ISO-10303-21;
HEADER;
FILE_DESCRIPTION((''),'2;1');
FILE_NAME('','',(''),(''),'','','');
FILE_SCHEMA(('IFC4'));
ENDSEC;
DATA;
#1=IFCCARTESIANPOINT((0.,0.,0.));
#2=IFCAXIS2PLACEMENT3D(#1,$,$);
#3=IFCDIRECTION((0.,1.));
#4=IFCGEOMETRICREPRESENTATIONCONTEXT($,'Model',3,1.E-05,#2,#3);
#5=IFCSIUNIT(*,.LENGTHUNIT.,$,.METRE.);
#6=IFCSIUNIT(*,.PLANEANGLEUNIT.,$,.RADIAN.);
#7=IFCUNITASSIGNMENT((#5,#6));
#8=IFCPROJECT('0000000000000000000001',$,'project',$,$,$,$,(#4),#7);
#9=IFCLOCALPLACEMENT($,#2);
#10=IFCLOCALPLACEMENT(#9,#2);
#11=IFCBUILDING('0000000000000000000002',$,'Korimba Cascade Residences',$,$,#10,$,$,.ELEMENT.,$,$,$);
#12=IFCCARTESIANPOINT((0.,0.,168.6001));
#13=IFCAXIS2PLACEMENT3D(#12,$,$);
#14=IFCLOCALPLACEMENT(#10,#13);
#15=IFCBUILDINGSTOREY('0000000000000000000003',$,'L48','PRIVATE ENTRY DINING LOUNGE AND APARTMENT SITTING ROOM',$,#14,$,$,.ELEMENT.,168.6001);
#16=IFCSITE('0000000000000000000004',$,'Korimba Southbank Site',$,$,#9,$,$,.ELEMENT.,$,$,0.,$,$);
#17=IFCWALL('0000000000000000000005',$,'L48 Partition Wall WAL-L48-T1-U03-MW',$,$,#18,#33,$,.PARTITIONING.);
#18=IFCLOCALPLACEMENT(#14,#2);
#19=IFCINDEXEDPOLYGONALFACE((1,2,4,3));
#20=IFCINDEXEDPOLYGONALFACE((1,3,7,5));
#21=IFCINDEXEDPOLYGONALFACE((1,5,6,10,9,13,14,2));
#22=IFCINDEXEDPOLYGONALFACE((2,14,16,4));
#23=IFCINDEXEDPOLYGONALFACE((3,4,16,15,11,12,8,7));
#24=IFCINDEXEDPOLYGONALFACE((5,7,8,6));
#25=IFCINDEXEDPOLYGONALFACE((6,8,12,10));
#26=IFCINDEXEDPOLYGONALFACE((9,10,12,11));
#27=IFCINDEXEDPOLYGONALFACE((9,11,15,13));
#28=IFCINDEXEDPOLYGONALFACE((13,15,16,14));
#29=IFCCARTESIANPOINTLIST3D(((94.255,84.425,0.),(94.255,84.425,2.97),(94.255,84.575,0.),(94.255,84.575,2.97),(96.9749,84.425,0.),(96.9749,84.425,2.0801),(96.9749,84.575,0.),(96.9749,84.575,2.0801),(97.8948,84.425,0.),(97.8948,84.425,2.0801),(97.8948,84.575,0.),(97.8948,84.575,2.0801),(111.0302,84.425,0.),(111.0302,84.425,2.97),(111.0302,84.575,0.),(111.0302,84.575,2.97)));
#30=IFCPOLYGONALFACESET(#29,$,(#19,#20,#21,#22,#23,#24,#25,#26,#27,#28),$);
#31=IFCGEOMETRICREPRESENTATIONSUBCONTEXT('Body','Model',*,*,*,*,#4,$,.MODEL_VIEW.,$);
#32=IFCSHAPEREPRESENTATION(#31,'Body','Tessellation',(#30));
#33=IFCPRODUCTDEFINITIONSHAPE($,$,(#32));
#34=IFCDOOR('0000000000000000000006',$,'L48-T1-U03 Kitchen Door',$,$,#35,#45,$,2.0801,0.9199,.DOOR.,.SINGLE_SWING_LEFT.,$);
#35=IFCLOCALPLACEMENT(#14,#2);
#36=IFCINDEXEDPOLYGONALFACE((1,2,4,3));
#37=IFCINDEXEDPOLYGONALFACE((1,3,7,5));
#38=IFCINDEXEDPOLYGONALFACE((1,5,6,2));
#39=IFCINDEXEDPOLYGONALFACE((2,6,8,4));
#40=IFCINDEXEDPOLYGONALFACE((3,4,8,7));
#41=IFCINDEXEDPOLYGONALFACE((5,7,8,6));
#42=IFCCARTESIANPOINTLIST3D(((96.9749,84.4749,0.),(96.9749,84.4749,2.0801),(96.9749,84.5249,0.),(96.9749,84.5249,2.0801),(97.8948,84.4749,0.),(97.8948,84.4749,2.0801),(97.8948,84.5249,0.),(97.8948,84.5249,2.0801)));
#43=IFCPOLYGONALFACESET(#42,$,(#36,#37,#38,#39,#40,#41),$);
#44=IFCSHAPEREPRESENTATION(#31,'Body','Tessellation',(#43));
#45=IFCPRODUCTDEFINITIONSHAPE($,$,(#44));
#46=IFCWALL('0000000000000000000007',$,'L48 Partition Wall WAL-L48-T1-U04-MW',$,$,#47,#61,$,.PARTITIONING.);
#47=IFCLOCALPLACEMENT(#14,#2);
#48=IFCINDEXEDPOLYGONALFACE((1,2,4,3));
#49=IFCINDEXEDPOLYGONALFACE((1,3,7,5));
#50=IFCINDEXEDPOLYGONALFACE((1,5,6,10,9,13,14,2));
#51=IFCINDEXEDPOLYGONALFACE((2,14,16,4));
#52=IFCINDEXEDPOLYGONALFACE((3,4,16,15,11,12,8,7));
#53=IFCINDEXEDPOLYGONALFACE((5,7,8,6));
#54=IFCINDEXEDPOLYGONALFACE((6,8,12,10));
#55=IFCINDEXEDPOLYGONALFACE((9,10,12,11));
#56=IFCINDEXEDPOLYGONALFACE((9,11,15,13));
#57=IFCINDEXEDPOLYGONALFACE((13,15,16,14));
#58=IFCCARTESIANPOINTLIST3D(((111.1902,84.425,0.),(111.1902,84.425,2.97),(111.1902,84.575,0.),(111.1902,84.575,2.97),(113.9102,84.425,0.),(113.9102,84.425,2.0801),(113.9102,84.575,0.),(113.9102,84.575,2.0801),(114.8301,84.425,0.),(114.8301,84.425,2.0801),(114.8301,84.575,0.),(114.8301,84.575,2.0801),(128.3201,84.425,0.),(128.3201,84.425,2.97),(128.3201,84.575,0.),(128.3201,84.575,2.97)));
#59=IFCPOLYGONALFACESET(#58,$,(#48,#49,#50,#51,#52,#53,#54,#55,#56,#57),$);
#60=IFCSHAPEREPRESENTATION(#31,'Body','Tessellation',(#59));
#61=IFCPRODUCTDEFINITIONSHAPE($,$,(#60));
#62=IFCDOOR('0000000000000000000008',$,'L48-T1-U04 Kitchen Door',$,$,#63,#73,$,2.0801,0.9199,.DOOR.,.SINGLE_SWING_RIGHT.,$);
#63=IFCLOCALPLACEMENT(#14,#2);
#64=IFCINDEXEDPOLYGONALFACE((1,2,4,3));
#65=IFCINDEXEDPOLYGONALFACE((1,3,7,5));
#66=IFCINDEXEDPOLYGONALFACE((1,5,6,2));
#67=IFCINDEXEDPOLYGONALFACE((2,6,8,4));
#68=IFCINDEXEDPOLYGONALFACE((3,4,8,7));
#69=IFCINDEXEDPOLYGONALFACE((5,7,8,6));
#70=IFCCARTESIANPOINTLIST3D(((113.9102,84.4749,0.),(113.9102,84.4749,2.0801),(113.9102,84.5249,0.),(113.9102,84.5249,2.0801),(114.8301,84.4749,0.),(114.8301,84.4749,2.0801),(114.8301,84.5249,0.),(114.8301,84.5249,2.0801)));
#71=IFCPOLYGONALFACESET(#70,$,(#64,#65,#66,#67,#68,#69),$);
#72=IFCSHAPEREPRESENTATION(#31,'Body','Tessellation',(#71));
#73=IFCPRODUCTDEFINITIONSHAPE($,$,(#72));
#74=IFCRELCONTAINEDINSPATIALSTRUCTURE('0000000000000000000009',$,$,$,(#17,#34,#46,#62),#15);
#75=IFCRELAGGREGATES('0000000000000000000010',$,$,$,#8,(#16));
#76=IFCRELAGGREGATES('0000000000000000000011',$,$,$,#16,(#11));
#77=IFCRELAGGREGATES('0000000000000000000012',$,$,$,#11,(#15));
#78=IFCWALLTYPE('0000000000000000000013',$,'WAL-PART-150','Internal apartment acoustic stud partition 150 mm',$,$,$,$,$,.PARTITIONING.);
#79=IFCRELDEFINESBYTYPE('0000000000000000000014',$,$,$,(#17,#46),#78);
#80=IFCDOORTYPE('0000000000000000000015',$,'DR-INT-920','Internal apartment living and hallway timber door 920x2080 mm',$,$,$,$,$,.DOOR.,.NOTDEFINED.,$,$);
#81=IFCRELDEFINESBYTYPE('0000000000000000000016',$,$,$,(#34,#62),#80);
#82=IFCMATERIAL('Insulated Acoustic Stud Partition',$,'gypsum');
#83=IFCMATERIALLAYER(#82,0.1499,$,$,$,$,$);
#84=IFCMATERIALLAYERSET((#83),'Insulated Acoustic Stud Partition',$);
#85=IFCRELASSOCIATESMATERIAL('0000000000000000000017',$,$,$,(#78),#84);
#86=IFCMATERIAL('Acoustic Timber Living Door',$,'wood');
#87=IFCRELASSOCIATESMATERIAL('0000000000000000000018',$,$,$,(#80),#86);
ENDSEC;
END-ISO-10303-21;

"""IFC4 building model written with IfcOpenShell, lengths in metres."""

from ifc_helpers import new_model, si_unit, direction, frame, frame_2d, origin, place, context, subcontext, project, spatial, rectangle, extrude, material, layer, layer_set, type_object, element, fill, save


model = new_model("IFC4")

# Units and contexts
model_context = context("Model", 3, precision=1e-05, world=origin(), true_north=direction((0.0, 1.0)))
body_context = subcontext(model_context, "Body", "Model", "MODEL_VIEW")
ifc_project = project(units=[si_unit("LENGTHUNIT", "METRE"), si_unit("PLANEANGLEUNIT", "RADIAN")], contexts=[model_context])

# Site, building, storey
site_placement = place(None, origin())
site = spatial("IfcSite", under=ifc_project, at=site_placement, Name="Korimba Southbank Site", CompositionType="ELEMENT", RefElevation=0.0)
building_placement = place(site_placement, origin())
building = spatial("IfcBuilding", under=site, at=building_placement, Name="Korimba Cascade Residences", CompositionType="ELEMENT")
storey_placement = place(building_placement, frame((0.0, 0.0, 168.6001)))
storey = spatial("IfcBuildingStorey", under=building, at=storey_placement, Name="L48", Description="PRIVATE ENTRY DINING LOUNGE AND APARTMENT SITTING ROOM", CompositionType="ELEMENT", Elevation=168.6001)

# Shared definitions
ifc_material_1 = material(Name="Insulated Acoustic Stud Partition", Category="gypsum")
ifc_layer_1 = layer(ifc_material_1, 0.1499)
ifc_layer_set_1 = layer_set([ifc_layer_1], Name="Insulated Acoustic Stud Partition")
wall_type_1 = type_object("IfcWallType", Name="WAL-PART-150", Description="Internal apartment acoustic stud partition 150 mm", PredefinedType="PARTITIONING", material=ifc_layer_set_1)

# Walls, openings, doors
ifc_material_2 = material(Name="Acoustic Timber Living Door", Category="wood")
door_type_1 = type_object("IfcDoorType", Name="DR-INT-920", Description="Internal apartment living and hallway timber door 920x2080 mm", OperationType="NOTDEFINED", PredefinedType="DOOR", material=ifc_material_2)
wall_1_placement = place(storey_placement, frame((94.2549, 84.5, 0.0), z_axis=(0.0, 0.0, 1.0), x_axis=(1.0, 0.0, 0.0)))
wall_1 = element("IfcWall", 1, at=wall_1_placement, inside=storey, type_object=wall_type_1, Name="L48 Partition Wall WAL-L48-T1-U03-MW", PredefinedType="PARTITIONING", context=body_context, shape_type="SweptSolid", body=[
    extrude(rectangle(XDim=16.7751, YDim=0.1499, at=frame_2d((8.3877, 0.0))), origin(), (0.0, 0.0, 1.0), 2.97),
])
opening_1_placement = place(wall_1_placement, frame((2.72, 0.0, 0.0)))
opening_1 = element("IfcOpeningElement", 2, at=opening_1_placement, cuts=wall_1, PredefinedType="OPENING", context=body_context, shape_type="SweptSolid", body=[
    extrude(rectangle(XDim=0.9199, YDim=2.0801, at=frame_2d((0.46, 1.04))), frame((0.0, 0.085, 0.0), z_axis=(0.0, -1.0, 0.0), x_axis=(1.0, 0.0, 0.0)), (0.0, 0.0, 1.0), 0.1699),
])
door_1_placement = place(opening_1_placement, origin())
door_1 = element("IfcDoor", 3, at=door_1_placement, inside=storey, type_object=door_type_1, Name="L48-T1-U03 Kitchen Door", OperationType="SINGLE_SWING_LEFT", OverallHeight=2.0801, OverallWidth=0.9199, PredefinedType="DOOR", context=body_context, shape_type="SweptSolid", body=[
    extrude(rectangle(XDim=0.9199, YDim=2.0801, at=frame_2d((0.46, 1.04))), frame((0.0, 0.0249, 0.0), z_axis=(0.0, -1.0, 0.0), x_axis=(1.0, 0.0, 0.0)), (0.0, 0.0, 1.0), 0.05),
])
fill(opening_1, door_1)
wall_2_placement = place(storey_placement, frame((111.1902, 84.5, 0.0), z_axis=(0.0, 0.0, 1.0), x_axis=(1.0, 0.0, 0.0)))
wall_2 = element("IfcWall", 4, at=wall_2_placement, inside=storey, type_object=wall_type_1, Name="L48 Partition Wall WAL-L48-T1-U04-MW", PredefinedType="PARTITIONING", context=body_context, shape_type="SweptSolid", body=[
    extrude(rectangle(XDim=17.1299, YDim=0.1499, at=frame_2d((8.5649, 0.0))), origin(), (0.0, 0.0, 1.0), 2.97),
])
opening_2_placement = place(wall_2_placement, frame((2.72, 0.0, 0.0)))
opening_2 = element("IfcOpeningElement", 5, at=opening_2_placement, cuts=wall_2, PredefinedType="OPENING", context=body_context, shape_type="SweptSolid", body=[
    extrude(rectangle(XDim=0.9199, YDim=2.0801, at=frame_2d((0.46, 1.04))), frame((0.0, 0.085, 0.0), z_axis=(0.0, -1.0, 0.0), x_axis=(1.0, 0.0, 0.0)), (0.0, 0.0, 1.0), 0.1699),
])
door_2_placement = place(opening_2_placement, origin())
door_2 = element("IfcDoor", 6, at=door_2_placement, inside=storey, type_object=door_type_1, Name="L48-T1-U04 Kitchen Door", OperationType="SINGLE_SWING_RIGHT", OverallHeight=2.0801, OverallWidth=0.9199, PredefinedType="DOOR", context=body_context, shape_type="SweptSolid", body=[
    extrude(rectangle(XDim=0.9199, YDim=2.0801, at=frame_2d((0.46, 1.04))), frame((0.0, 0.0249, 0.0), z_axis=(0.0, -1.0, 0.0), x_axis=(1.0, 0.0, 0.0)), (0.0, 0.0, 1.0), 0.05),
])
fill(opening_2, door_2)

save(model, "model.ifc")
